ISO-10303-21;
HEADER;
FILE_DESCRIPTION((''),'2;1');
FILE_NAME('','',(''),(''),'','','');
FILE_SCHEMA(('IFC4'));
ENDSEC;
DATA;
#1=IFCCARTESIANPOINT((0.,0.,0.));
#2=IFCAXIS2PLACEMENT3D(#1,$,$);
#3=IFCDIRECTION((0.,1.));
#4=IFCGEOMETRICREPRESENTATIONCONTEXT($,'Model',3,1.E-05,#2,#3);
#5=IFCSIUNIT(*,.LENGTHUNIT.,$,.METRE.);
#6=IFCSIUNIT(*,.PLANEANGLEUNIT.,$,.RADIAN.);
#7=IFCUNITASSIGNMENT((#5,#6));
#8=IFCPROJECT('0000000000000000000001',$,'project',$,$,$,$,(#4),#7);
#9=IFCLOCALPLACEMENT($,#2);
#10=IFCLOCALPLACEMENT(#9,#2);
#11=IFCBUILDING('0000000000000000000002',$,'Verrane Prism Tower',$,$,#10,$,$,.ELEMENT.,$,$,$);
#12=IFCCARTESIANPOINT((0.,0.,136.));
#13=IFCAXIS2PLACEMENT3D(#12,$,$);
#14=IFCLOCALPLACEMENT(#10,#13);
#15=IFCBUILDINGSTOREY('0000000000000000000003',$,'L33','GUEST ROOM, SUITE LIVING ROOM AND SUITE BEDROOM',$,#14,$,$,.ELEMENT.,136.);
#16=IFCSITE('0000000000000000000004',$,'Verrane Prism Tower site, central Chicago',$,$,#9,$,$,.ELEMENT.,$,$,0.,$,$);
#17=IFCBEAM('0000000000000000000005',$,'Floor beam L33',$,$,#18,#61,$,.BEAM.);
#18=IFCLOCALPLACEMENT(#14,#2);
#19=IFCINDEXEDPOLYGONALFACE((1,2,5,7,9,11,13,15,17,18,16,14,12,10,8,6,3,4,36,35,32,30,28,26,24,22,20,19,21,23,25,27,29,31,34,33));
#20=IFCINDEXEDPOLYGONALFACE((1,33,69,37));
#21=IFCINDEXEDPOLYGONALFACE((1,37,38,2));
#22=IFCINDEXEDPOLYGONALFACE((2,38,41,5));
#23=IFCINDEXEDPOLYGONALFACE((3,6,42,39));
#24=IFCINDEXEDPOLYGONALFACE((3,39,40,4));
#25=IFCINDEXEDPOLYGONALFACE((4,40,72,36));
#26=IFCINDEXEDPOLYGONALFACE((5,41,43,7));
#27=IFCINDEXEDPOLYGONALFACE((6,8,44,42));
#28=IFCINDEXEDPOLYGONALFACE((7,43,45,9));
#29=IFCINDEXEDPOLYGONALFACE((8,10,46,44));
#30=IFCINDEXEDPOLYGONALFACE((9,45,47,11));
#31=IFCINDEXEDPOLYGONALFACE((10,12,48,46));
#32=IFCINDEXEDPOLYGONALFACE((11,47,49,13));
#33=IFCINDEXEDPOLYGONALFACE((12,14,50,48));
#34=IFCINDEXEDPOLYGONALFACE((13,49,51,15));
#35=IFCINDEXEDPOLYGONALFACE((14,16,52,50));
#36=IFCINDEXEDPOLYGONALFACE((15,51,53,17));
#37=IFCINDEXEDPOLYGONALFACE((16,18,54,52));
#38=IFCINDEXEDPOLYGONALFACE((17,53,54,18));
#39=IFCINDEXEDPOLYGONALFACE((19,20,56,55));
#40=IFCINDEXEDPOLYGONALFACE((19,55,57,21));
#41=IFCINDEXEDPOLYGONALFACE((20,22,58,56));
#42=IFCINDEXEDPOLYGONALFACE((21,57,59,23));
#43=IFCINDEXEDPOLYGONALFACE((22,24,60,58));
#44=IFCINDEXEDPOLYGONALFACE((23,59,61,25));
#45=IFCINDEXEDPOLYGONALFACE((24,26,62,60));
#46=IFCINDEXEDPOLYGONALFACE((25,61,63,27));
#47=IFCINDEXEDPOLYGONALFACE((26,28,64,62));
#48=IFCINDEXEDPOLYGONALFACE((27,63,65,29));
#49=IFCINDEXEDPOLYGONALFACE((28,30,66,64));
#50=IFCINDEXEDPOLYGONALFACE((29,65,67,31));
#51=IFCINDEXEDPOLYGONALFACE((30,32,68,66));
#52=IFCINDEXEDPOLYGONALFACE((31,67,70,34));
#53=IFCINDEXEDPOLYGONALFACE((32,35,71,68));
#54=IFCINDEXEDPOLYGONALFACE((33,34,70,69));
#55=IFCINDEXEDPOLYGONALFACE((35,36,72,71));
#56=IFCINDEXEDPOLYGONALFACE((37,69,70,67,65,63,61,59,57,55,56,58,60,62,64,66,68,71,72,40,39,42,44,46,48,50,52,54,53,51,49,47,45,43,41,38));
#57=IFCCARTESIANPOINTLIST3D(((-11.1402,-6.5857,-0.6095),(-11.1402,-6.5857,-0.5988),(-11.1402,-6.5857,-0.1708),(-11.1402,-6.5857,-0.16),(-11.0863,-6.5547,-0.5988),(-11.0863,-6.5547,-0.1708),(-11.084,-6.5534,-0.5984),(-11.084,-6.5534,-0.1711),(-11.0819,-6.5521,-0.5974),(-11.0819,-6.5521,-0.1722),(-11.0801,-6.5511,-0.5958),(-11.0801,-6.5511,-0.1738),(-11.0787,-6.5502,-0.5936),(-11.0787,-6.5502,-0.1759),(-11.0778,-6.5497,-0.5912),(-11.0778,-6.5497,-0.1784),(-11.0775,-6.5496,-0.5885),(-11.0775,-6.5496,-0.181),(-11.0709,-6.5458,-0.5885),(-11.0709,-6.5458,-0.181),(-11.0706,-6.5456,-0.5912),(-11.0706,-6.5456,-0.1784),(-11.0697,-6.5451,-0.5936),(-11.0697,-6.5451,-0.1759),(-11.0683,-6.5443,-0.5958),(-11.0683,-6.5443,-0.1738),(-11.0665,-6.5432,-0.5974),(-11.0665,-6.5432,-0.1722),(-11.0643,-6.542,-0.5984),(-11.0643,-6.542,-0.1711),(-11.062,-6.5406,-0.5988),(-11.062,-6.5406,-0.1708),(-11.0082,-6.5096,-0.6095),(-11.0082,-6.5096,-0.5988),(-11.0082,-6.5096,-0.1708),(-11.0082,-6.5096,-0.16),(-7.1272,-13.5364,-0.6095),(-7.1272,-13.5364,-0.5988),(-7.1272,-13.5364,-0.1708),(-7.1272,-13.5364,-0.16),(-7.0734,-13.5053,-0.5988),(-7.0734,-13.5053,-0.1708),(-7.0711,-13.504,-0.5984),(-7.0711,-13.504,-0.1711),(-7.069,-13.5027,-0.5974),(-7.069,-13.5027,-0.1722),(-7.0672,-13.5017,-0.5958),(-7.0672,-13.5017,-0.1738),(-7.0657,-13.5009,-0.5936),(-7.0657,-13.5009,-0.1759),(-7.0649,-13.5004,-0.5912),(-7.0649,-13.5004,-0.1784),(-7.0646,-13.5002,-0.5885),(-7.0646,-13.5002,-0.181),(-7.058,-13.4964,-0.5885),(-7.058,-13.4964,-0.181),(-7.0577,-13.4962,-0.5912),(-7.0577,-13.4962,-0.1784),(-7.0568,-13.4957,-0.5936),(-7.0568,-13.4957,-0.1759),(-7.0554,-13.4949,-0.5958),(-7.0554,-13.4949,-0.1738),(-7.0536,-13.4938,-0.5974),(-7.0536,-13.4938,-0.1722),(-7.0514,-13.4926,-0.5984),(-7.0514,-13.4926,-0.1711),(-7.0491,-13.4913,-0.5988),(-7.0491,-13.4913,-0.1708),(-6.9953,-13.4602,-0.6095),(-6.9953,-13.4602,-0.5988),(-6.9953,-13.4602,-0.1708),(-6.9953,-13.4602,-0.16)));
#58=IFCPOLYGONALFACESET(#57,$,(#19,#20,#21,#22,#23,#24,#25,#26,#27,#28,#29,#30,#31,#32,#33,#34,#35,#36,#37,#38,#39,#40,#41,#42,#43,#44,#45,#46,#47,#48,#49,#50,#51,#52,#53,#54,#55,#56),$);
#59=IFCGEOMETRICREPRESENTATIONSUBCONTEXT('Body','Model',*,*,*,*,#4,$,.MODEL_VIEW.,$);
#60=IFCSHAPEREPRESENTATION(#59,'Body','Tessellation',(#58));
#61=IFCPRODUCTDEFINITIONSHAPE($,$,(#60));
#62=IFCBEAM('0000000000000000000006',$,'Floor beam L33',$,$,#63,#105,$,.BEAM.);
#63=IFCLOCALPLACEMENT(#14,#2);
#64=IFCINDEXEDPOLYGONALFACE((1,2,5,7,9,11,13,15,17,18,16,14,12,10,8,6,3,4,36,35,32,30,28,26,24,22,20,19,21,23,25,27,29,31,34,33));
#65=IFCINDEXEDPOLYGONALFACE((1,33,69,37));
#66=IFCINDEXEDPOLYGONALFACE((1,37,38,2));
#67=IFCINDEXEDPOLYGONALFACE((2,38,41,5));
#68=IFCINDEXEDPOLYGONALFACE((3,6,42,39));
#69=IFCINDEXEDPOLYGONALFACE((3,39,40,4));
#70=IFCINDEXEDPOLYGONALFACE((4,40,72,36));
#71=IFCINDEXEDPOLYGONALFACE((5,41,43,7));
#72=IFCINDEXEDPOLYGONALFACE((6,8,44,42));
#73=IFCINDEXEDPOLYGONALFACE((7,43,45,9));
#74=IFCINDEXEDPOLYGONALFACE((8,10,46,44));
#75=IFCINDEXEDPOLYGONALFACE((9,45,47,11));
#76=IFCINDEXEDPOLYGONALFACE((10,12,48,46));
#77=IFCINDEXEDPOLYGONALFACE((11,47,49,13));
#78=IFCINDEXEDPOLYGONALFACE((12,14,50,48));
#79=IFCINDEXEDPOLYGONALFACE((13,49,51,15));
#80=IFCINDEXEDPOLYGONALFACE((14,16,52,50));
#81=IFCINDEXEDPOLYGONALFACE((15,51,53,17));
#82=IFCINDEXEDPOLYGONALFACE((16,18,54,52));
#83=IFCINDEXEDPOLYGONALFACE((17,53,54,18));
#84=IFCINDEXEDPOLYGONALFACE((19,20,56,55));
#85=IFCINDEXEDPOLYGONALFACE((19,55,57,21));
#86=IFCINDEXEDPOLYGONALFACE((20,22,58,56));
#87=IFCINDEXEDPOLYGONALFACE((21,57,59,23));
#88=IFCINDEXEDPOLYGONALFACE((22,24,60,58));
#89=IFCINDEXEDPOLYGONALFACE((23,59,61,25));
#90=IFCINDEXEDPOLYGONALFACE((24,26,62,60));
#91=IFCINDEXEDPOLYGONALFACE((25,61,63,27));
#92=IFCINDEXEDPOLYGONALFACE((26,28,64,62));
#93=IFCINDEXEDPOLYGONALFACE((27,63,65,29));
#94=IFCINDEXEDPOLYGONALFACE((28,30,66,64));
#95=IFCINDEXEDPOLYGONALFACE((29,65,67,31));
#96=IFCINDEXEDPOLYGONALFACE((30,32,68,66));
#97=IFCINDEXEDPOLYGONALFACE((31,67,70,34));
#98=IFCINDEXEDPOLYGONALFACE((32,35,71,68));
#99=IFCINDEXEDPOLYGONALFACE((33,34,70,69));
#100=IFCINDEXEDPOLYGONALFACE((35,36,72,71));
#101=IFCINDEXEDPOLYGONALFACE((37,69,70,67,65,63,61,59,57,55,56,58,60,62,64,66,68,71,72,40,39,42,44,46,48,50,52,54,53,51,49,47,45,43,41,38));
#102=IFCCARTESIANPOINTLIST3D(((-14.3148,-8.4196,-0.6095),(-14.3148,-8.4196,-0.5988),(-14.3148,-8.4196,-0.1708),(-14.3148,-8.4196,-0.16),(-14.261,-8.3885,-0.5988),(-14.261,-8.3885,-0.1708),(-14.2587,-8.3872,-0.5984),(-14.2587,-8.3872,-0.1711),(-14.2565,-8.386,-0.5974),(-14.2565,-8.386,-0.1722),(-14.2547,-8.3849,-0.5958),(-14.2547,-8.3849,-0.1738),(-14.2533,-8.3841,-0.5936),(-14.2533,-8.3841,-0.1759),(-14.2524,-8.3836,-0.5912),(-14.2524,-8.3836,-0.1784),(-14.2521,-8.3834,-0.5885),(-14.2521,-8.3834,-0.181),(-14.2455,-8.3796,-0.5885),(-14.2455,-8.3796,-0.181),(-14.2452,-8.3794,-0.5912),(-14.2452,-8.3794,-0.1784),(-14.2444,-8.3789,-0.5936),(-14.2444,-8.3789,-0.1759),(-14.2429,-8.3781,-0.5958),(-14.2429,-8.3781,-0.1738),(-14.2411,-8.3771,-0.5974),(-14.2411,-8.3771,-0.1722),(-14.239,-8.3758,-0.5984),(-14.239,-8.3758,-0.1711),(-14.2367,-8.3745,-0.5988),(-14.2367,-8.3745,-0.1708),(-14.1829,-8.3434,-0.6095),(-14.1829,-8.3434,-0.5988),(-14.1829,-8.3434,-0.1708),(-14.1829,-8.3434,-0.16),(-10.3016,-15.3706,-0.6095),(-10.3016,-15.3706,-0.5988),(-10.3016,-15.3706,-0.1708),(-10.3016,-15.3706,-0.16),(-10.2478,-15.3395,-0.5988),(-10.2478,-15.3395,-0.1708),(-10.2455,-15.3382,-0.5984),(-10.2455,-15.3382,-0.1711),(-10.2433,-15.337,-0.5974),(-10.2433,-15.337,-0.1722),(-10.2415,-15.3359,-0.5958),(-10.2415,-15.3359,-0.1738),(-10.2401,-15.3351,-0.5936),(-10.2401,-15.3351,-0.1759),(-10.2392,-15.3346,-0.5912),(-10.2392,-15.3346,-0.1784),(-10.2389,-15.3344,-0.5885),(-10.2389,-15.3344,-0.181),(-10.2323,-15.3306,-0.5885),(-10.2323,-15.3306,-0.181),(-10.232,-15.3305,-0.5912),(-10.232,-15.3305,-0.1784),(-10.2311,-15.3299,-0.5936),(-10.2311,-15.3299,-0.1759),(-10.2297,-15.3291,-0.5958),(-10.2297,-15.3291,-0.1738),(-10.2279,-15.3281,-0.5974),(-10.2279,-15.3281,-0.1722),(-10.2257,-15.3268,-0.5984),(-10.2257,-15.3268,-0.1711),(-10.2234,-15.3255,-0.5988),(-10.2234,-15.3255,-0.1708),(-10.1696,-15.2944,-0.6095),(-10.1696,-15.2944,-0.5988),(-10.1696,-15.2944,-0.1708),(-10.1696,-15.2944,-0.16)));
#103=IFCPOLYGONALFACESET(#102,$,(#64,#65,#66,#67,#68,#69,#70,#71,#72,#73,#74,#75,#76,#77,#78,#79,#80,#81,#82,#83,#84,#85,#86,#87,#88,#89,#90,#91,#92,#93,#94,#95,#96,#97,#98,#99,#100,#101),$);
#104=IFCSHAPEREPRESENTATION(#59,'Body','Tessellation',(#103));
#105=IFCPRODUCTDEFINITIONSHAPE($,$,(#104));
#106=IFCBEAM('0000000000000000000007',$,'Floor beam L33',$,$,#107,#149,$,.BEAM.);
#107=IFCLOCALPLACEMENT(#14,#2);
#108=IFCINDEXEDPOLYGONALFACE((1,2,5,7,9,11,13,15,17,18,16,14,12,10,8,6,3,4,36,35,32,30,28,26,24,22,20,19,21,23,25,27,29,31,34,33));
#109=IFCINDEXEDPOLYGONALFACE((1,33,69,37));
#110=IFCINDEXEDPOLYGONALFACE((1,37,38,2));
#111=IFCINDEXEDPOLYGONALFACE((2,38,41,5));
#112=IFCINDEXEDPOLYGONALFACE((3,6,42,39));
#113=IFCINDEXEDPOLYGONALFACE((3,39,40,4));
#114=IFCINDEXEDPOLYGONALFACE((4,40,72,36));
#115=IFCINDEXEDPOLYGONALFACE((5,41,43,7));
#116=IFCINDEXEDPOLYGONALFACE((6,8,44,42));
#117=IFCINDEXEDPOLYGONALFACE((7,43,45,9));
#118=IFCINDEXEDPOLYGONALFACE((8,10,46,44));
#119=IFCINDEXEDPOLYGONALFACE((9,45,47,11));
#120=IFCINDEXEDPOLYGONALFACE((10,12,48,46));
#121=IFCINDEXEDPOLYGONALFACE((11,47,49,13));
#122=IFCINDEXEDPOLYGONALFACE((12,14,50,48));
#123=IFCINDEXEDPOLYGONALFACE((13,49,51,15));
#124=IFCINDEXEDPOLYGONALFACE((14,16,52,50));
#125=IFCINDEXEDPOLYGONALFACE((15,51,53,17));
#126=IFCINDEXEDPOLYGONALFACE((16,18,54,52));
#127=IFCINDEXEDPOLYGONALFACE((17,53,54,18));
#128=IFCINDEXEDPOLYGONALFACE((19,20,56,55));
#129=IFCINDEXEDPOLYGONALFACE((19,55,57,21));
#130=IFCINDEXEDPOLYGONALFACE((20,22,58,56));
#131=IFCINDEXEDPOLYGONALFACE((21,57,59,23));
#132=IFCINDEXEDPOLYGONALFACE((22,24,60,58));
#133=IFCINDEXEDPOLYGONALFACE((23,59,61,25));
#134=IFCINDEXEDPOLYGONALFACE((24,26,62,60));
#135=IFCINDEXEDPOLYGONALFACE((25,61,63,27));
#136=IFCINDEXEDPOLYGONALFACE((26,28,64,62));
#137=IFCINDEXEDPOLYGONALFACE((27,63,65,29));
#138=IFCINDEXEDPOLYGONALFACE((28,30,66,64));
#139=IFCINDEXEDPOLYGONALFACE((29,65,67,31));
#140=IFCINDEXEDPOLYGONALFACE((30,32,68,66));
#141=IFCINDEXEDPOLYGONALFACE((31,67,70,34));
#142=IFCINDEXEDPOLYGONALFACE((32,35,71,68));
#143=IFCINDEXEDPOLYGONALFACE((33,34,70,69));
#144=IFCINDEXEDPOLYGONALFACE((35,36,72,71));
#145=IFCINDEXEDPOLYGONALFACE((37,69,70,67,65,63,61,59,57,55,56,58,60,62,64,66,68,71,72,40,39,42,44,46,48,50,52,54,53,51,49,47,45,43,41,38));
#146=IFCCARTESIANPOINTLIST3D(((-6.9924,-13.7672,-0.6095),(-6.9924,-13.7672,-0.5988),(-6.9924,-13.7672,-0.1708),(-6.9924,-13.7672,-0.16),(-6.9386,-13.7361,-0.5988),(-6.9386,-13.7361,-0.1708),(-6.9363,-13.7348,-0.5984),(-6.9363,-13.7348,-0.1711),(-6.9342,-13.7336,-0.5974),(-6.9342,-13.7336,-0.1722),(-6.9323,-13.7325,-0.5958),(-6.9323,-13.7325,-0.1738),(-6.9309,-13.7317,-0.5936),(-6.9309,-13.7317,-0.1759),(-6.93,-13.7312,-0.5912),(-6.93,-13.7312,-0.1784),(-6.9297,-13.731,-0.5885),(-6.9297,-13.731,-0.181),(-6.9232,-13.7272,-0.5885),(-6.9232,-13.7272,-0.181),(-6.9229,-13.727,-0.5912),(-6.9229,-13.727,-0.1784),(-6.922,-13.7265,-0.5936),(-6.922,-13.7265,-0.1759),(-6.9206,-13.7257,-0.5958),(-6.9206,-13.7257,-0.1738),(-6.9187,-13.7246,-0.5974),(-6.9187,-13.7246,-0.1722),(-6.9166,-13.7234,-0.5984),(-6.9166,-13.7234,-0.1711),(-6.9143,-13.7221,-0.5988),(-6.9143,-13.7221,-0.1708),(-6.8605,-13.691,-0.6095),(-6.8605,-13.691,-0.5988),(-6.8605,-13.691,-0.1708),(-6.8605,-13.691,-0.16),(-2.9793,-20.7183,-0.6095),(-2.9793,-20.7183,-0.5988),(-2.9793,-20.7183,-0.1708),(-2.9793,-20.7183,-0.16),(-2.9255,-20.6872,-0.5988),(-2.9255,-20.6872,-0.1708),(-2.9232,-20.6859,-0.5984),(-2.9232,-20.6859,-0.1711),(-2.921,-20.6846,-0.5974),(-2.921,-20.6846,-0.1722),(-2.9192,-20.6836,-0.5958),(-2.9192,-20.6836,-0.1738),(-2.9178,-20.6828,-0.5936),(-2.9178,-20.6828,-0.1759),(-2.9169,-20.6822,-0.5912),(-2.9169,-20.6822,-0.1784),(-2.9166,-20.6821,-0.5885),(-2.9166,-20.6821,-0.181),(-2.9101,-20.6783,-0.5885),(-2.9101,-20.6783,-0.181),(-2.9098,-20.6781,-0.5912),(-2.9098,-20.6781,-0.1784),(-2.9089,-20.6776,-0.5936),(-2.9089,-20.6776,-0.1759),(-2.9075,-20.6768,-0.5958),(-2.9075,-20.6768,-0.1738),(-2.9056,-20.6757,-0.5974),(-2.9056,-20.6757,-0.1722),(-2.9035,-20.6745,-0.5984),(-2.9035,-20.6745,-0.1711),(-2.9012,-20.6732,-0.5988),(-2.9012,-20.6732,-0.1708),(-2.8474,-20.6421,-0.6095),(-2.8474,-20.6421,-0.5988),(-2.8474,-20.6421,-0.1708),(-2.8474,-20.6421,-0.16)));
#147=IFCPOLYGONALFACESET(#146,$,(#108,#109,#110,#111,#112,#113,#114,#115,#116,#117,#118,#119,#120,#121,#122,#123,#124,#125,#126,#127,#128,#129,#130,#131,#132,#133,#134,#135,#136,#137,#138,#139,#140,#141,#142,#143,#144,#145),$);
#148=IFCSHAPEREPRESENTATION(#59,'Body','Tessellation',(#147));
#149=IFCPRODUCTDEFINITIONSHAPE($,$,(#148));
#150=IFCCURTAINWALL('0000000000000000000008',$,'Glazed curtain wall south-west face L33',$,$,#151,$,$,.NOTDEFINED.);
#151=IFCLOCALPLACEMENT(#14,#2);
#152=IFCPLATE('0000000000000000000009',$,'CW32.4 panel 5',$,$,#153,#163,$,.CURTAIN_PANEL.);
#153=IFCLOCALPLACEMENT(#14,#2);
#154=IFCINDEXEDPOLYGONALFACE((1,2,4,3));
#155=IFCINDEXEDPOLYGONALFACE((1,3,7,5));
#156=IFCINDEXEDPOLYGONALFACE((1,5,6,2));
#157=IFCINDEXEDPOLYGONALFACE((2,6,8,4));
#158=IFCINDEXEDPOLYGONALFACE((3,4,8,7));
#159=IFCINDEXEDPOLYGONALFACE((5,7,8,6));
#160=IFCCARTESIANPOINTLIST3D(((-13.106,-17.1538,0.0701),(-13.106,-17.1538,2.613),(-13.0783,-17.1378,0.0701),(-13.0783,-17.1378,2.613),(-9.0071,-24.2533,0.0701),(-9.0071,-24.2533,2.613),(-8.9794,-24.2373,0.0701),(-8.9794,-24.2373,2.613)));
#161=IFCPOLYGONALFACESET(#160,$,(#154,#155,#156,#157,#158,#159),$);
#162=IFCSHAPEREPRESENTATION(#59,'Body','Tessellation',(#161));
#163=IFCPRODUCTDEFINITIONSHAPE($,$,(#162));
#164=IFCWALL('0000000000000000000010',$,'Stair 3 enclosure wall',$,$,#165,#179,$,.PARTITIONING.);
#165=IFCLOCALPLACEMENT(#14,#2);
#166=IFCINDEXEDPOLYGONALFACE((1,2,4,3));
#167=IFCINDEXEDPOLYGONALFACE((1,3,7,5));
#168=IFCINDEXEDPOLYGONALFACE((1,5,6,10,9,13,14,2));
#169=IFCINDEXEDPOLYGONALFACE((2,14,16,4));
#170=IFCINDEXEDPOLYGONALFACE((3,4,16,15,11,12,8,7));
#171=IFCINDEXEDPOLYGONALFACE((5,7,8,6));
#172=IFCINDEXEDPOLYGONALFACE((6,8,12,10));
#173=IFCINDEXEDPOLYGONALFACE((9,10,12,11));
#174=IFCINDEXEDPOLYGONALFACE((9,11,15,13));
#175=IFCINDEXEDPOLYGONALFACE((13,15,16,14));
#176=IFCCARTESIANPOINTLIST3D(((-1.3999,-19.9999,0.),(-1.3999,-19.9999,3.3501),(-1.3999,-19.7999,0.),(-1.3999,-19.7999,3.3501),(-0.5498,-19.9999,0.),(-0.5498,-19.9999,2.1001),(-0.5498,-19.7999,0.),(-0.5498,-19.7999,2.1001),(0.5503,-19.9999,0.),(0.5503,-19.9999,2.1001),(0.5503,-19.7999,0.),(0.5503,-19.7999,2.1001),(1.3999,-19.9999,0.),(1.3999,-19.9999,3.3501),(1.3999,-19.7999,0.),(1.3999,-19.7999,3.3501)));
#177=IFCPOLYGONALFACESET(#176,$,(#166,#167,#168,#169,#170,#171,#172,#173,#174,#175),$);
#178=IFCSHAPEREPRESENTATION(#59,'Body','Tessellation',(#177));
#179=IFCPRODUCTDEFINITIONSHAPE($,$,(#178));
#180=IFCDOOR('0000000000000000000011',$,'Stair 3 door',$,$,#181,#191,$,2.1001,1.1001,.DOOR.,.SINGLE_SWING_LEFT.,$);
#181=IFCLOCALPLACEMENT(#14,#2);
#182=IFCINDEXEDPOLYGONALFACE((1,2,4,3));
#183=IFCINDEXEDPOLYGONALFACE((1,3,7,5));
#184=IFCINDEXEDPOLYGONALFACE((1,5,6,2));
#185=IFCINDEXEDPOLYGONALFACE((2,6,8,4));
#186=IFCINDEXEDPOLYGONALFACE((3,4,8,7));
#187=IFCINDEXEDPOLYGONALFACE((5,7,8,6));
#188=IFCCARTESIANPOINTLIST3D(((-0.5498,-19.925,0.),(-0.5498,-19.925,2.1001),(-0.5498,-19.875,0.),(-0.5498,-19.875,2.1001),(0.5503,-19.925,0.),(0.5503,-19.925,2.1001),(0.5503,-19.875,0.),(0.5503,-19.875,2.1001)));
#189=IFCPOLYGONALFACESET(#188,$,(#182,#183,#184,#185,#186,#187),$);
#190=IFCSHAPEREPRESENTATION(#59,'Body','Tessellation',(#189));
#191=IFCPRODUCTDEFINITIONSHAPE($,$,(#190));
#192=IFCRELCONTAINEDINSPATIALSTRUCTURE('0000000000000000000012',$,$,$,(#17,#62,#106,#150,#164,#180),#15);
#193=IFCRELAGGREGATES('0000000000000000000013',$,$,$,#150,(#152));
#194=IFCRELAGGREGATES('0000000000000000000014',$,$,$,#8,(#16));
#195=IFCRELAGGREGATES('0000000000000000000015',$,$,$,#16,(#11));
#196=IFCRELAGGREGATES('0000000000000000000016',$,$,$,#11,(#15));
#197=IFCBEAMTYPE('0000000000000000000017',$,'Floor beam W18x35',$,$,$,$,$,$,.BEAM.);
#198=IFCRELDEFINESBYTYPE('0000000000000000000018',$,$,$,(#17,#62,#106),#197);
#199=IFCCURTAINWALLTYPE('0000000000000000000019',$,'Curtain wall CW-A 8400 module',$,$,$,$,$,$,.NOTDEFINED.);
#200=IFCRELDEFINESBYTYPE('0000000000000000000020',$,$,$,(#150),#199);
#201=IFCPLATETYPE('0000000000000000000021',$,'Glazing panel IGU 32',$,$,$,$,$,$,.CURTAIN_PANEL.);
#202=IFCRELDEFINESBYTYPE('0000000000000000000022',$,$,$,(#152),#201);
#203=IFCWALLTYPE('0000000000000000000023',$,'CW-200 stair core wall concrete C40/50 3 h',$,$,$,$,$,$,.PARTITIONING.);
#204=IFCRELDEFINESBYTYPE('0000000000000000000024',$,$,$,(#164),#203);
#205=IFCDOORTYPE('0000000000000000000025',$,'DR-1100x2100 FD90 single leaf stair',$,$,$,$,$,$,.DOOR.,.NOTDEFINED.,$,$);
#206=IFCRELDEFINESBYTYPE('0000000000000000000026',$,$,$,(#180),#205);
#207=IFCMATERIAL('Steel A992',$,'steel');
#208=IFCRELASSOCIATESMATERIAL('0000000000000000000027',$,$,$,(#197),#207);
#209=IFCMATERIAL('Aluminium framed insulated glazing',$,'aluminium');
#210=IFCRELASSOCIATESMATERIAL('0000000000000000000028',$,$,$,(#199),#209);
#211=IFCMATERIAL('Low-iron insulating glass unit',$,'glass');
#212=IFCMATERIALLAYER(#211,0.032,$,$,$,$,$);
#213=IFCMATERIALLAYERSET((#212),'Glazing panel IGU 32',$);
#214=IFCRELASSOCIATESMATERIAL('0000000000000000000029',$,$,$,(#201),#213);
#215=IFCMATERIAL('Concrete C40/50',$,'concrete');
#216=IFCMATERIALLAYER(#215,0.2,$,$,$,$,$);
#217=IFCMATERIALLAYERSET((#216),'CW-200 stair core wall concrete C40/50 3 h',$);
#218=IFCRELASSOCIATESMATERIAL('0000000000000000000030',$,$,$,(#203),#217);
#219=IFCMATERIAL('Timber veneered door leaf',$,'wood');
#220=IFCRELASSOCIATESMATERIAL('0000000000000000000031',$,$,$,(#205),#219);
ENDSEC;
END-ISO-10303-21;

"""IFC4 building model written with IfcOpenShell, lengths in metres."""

from ifc_helpers import new_model, si_unit, direction, frame, frame_2d, origin, origin_2d, place, context, subcontext, project, spatial, rectangle, i_section, extrude, material, layer, layer_set, material_profile, profile_set, type_object, element, fill, aggregate, save


model = new_model("IFC4")

# Units and contexts
model_context = context("Model", 3, precision=1e-05, world=origin(), true_north=direction((0.0, 1.0)))
body_context = subcontext(model_context, "Body", "Model", "MODEL_VIEW")
ifc_project = project(units=[si_unit("LENGTHUNIT", "METRE"), si_unit("PLANEANGLEUNIT", "RADIAN")], contexts=[model_context])

# Site, building, storey
site_placement = place(None, origin())
site = spatial("IfcSite", under=ifc_project, at=site_placement, Name="Verrane Prism Tower site, central Chicago", CompositionType="ELEMENT", RefElevation=0.0)
building_placement = place(site_placement, origin())
building = spatial("IfcBuilding", under=site, at=building_placement, Name="Verrane Prism Tower", CompositionType="ELEMENT")
storey_placement = place(building_placement, frame((0.0, 0.0, 136.0)))
storey = spatial("IfcBuildingStorey", under=building, at=storey_placement, Name="L33", Description="GUEST ROOM, SUITE LIVING ROOM AND SUITE BEDROOM", CompositionType="ELEMENT", Elevation=136.0)

# Beams
ifc_material_1 = material(Name="Steel A992", Category="steel")
ifc_material_profile_1 = material_profile(ifc_material_1, i_section(OverallWidth=0.1523, OverallDepth=0.4495, WebThickness=0.0076, FlangeThickness=0.0107, FilletRadius=0.0103, at=origin_2d()), Name="W18x35")
ifc_profile_set_1 = profile_set([ifc_material_profile_1], Name="Steel A992")
beam_type_1 = type_object("IfcBeamType", Name="Floor beam W18x35", PredefinedType="BEAM", material=ifc_profile_set_1)
beam_1_placement = place(storey_placement, frame((-7.0613, -13.4983, -0.3848), z_axis=(-0.499996, 0.866028, 0.0), x_axis=(-0.866028, -0.499996, 0.0)))
element("IfcBeam", 1, at=beam_1_placement, inside=storey, type_object=beam_type_1, Name="Floor beam L33", PredefinedType="BEAM", context=body_context, shape_type="SweptSolid", body=[
    extrude(i_section(OverallWidth=0.1523, OverallDepth=0.4495, WebThickness=0.0076, FlangeThickness=0.0107, FilletRadius=0.0103, at=origin_2d()), origin(), (0.0, 0.0, 1.0), 8.0259),
])
for number, where, z_axis, x_axis, name in (
    (2, (-10.2356, -15.3325, -0.3848), (-0.500006, 0.866022, 0.0), (-0.866022, -0.500006, 0.0), "Floor beam L33"),
    (3, (-2.9133, -20.6802, -0.3848), (-0.499993, 0.86603, 0.0), (-0.86603, -0.499993, 0.0), "Floor beam L33"),
):
    element("IfcBeam", number, at=place(storey_placement, frame(where, z_axis=z_axis, x_axis=x_axis)), inside=storey, type_object=beam_type_1, Name=name, PredefinedType="BEAM", context=body_context, shape_type="SweptSolid", body=[
        extrude(i_section(OverallWidth=0.1523, OverallDepth=0.4495, WebThickness=0.0076, FlangeThickness=0.0107, FilletRadius=0.0103, at=origin_2d()), origin(), (0.0, 0.0, 1.0), 8.0264),
    ])

# Curtain wall, plate
ifc_material_2 = material(Name="Aluminium framed insulated glazing", Category="aluminium")
curtain_wall_type = type_object("IfcCurtainWallType", Name="Curtain wall CW-A 8400 module", PredefinedType="NOTDEFINED", material=ifc_material_2)
curtain_wall_placement = place(storey_placement, origin())
curtain_wall = element("IfcCurtainWall", 4, at=curtain_wall_placement, inside=storey, type_object=curtain_wall_type, Name="Glazed curtain wall south-west face L33", PredefinedType="NOTDEFINED")
ifc_material_3 = material(Name="Low-iron insulating glass unit", Category="glass")
ifc_layer_1 = layer(ifc_material_3, 0.032)
ifc_layer_set_1 = layer_set([ifc_layer_1], Name="Glazing panel IGU 32")
plate_type = type_object("IfcPlateType", Name="Glazing panel IGU 32", PredefinedType="CURTAIN_PANEL", material=ifc_layer_set_1)
plate_placement = place(storey_placement, frame((-11.0427, -20.6956, 0.0701), z_axis=(0.0, 0.0, 1.0), x_axis=(0.5, -0.866025, 0.0)))
plate = element("IfcPlate", 5, at=plate_placement, type_object=plate_type, Name="CW32.4 panel 5", PredefinedType="CURTAIN_PANEL", context=body_context, shape_type="SweptSolid", body=[
    extrude(rectangle(XDim=8.1978, YDim=0.032, at=origin_2d()), origin(), (0.0, 0.0, 1.0), 2.543),
])
aggregate(curtain_wall, [plate])

# Wall, opening, door
ifc_material_4 = material(Name="Concrete C40/50", Category="concrete")
ifc_layer_2 = layer(ifc_material_4, 0.2)
ifc_layer_set_2 = layer_set([ifc_layer_2], Name="CW-200 stair core wall concrete C40/50 3 h")
wall_type_1 = type_object("IfcWallType", Name="CW-200 stair core wall concrete C40/50 3 h", PredefinedType="PARTITIONING", material=ifc_layer_set_2)
wall_1_placement = place(storey_placement, frame((-1.3999, -19.8999, 0.0), z_axis=(0.0, 0.0, 1.0), x_axis=(1.0, 0.0, 0.0)))
wall_1 = element("IfcWall", 6, at=wall_1_placement, inside=storey, type_object=wall_type_1, Name="Stair 3 enclosure wall", PredefinedType="PARTITIONING", context=body_context, shape_type="SweptSolid", body=[
    extrude(rectangle(XDim=2.7998, YDim=0.2, at=frame_2d((1.3999, 0.0))), origin(), (0.0, 0.0, 1.0), 3.3501),
])
opening_1_placement = place(wall_1_placement, frame((0.8501, 0.0, 0.0)))
opening_1 = element("IfcOpeningElement", 7, at=opening_1_placement, cuts=wall_1, PredefinedType="OPENING", context=body_context, shape_type="SweptSolid", body=[
    extrude(rectangle(XDim=1.1001, YDim=2.1001, at=frame_2d((0.55, 1.05))), frame((0.0, 0.1099, 0.0), z_axis=(0.0, -1.0, 0.0), x_axis=(1.0, 0.0, 0.0)), (0.0, 0.0, 1.0), 0.22),
])
ifc_material_5 = material(Name="Timber veneered door leaf", Category="wood")
door_type_1 = type_object("IfcDoorType", Name="DR-1100x2100 FD90 single leaf stair", OperationType="NOTDEFINED", PredefinedType="DOOR", material=ifc_material_5)
door_1_placement = place(opening_1_placement, origin())
door_1 = element("IfcDoor", 8, at=door_1_placement, inside=storey, type_object=door_type_1, Name="Stair 3 door", OperationType="SINGLE_SWING_LEFT", OverallHeight=2.1001, OverallWidth=1.1001, PredefinedType="DOOR", context=body_context, shape_type="SweptSolid", body=[
    extrude(rectangle(XDim=1.1001, YDim=2.1001, at=frame_2d((0.55, 1.05))), frame((0.0, 0.0249, 0.0), z_axis=(0.0, -1.0, 0.0), x_axis=(1.0, 0.0, 0.0)), (0.0, 0.0, 1.0), 0.05),
])
fill(opening_1, door_1)

save(model, "model.ifc")
